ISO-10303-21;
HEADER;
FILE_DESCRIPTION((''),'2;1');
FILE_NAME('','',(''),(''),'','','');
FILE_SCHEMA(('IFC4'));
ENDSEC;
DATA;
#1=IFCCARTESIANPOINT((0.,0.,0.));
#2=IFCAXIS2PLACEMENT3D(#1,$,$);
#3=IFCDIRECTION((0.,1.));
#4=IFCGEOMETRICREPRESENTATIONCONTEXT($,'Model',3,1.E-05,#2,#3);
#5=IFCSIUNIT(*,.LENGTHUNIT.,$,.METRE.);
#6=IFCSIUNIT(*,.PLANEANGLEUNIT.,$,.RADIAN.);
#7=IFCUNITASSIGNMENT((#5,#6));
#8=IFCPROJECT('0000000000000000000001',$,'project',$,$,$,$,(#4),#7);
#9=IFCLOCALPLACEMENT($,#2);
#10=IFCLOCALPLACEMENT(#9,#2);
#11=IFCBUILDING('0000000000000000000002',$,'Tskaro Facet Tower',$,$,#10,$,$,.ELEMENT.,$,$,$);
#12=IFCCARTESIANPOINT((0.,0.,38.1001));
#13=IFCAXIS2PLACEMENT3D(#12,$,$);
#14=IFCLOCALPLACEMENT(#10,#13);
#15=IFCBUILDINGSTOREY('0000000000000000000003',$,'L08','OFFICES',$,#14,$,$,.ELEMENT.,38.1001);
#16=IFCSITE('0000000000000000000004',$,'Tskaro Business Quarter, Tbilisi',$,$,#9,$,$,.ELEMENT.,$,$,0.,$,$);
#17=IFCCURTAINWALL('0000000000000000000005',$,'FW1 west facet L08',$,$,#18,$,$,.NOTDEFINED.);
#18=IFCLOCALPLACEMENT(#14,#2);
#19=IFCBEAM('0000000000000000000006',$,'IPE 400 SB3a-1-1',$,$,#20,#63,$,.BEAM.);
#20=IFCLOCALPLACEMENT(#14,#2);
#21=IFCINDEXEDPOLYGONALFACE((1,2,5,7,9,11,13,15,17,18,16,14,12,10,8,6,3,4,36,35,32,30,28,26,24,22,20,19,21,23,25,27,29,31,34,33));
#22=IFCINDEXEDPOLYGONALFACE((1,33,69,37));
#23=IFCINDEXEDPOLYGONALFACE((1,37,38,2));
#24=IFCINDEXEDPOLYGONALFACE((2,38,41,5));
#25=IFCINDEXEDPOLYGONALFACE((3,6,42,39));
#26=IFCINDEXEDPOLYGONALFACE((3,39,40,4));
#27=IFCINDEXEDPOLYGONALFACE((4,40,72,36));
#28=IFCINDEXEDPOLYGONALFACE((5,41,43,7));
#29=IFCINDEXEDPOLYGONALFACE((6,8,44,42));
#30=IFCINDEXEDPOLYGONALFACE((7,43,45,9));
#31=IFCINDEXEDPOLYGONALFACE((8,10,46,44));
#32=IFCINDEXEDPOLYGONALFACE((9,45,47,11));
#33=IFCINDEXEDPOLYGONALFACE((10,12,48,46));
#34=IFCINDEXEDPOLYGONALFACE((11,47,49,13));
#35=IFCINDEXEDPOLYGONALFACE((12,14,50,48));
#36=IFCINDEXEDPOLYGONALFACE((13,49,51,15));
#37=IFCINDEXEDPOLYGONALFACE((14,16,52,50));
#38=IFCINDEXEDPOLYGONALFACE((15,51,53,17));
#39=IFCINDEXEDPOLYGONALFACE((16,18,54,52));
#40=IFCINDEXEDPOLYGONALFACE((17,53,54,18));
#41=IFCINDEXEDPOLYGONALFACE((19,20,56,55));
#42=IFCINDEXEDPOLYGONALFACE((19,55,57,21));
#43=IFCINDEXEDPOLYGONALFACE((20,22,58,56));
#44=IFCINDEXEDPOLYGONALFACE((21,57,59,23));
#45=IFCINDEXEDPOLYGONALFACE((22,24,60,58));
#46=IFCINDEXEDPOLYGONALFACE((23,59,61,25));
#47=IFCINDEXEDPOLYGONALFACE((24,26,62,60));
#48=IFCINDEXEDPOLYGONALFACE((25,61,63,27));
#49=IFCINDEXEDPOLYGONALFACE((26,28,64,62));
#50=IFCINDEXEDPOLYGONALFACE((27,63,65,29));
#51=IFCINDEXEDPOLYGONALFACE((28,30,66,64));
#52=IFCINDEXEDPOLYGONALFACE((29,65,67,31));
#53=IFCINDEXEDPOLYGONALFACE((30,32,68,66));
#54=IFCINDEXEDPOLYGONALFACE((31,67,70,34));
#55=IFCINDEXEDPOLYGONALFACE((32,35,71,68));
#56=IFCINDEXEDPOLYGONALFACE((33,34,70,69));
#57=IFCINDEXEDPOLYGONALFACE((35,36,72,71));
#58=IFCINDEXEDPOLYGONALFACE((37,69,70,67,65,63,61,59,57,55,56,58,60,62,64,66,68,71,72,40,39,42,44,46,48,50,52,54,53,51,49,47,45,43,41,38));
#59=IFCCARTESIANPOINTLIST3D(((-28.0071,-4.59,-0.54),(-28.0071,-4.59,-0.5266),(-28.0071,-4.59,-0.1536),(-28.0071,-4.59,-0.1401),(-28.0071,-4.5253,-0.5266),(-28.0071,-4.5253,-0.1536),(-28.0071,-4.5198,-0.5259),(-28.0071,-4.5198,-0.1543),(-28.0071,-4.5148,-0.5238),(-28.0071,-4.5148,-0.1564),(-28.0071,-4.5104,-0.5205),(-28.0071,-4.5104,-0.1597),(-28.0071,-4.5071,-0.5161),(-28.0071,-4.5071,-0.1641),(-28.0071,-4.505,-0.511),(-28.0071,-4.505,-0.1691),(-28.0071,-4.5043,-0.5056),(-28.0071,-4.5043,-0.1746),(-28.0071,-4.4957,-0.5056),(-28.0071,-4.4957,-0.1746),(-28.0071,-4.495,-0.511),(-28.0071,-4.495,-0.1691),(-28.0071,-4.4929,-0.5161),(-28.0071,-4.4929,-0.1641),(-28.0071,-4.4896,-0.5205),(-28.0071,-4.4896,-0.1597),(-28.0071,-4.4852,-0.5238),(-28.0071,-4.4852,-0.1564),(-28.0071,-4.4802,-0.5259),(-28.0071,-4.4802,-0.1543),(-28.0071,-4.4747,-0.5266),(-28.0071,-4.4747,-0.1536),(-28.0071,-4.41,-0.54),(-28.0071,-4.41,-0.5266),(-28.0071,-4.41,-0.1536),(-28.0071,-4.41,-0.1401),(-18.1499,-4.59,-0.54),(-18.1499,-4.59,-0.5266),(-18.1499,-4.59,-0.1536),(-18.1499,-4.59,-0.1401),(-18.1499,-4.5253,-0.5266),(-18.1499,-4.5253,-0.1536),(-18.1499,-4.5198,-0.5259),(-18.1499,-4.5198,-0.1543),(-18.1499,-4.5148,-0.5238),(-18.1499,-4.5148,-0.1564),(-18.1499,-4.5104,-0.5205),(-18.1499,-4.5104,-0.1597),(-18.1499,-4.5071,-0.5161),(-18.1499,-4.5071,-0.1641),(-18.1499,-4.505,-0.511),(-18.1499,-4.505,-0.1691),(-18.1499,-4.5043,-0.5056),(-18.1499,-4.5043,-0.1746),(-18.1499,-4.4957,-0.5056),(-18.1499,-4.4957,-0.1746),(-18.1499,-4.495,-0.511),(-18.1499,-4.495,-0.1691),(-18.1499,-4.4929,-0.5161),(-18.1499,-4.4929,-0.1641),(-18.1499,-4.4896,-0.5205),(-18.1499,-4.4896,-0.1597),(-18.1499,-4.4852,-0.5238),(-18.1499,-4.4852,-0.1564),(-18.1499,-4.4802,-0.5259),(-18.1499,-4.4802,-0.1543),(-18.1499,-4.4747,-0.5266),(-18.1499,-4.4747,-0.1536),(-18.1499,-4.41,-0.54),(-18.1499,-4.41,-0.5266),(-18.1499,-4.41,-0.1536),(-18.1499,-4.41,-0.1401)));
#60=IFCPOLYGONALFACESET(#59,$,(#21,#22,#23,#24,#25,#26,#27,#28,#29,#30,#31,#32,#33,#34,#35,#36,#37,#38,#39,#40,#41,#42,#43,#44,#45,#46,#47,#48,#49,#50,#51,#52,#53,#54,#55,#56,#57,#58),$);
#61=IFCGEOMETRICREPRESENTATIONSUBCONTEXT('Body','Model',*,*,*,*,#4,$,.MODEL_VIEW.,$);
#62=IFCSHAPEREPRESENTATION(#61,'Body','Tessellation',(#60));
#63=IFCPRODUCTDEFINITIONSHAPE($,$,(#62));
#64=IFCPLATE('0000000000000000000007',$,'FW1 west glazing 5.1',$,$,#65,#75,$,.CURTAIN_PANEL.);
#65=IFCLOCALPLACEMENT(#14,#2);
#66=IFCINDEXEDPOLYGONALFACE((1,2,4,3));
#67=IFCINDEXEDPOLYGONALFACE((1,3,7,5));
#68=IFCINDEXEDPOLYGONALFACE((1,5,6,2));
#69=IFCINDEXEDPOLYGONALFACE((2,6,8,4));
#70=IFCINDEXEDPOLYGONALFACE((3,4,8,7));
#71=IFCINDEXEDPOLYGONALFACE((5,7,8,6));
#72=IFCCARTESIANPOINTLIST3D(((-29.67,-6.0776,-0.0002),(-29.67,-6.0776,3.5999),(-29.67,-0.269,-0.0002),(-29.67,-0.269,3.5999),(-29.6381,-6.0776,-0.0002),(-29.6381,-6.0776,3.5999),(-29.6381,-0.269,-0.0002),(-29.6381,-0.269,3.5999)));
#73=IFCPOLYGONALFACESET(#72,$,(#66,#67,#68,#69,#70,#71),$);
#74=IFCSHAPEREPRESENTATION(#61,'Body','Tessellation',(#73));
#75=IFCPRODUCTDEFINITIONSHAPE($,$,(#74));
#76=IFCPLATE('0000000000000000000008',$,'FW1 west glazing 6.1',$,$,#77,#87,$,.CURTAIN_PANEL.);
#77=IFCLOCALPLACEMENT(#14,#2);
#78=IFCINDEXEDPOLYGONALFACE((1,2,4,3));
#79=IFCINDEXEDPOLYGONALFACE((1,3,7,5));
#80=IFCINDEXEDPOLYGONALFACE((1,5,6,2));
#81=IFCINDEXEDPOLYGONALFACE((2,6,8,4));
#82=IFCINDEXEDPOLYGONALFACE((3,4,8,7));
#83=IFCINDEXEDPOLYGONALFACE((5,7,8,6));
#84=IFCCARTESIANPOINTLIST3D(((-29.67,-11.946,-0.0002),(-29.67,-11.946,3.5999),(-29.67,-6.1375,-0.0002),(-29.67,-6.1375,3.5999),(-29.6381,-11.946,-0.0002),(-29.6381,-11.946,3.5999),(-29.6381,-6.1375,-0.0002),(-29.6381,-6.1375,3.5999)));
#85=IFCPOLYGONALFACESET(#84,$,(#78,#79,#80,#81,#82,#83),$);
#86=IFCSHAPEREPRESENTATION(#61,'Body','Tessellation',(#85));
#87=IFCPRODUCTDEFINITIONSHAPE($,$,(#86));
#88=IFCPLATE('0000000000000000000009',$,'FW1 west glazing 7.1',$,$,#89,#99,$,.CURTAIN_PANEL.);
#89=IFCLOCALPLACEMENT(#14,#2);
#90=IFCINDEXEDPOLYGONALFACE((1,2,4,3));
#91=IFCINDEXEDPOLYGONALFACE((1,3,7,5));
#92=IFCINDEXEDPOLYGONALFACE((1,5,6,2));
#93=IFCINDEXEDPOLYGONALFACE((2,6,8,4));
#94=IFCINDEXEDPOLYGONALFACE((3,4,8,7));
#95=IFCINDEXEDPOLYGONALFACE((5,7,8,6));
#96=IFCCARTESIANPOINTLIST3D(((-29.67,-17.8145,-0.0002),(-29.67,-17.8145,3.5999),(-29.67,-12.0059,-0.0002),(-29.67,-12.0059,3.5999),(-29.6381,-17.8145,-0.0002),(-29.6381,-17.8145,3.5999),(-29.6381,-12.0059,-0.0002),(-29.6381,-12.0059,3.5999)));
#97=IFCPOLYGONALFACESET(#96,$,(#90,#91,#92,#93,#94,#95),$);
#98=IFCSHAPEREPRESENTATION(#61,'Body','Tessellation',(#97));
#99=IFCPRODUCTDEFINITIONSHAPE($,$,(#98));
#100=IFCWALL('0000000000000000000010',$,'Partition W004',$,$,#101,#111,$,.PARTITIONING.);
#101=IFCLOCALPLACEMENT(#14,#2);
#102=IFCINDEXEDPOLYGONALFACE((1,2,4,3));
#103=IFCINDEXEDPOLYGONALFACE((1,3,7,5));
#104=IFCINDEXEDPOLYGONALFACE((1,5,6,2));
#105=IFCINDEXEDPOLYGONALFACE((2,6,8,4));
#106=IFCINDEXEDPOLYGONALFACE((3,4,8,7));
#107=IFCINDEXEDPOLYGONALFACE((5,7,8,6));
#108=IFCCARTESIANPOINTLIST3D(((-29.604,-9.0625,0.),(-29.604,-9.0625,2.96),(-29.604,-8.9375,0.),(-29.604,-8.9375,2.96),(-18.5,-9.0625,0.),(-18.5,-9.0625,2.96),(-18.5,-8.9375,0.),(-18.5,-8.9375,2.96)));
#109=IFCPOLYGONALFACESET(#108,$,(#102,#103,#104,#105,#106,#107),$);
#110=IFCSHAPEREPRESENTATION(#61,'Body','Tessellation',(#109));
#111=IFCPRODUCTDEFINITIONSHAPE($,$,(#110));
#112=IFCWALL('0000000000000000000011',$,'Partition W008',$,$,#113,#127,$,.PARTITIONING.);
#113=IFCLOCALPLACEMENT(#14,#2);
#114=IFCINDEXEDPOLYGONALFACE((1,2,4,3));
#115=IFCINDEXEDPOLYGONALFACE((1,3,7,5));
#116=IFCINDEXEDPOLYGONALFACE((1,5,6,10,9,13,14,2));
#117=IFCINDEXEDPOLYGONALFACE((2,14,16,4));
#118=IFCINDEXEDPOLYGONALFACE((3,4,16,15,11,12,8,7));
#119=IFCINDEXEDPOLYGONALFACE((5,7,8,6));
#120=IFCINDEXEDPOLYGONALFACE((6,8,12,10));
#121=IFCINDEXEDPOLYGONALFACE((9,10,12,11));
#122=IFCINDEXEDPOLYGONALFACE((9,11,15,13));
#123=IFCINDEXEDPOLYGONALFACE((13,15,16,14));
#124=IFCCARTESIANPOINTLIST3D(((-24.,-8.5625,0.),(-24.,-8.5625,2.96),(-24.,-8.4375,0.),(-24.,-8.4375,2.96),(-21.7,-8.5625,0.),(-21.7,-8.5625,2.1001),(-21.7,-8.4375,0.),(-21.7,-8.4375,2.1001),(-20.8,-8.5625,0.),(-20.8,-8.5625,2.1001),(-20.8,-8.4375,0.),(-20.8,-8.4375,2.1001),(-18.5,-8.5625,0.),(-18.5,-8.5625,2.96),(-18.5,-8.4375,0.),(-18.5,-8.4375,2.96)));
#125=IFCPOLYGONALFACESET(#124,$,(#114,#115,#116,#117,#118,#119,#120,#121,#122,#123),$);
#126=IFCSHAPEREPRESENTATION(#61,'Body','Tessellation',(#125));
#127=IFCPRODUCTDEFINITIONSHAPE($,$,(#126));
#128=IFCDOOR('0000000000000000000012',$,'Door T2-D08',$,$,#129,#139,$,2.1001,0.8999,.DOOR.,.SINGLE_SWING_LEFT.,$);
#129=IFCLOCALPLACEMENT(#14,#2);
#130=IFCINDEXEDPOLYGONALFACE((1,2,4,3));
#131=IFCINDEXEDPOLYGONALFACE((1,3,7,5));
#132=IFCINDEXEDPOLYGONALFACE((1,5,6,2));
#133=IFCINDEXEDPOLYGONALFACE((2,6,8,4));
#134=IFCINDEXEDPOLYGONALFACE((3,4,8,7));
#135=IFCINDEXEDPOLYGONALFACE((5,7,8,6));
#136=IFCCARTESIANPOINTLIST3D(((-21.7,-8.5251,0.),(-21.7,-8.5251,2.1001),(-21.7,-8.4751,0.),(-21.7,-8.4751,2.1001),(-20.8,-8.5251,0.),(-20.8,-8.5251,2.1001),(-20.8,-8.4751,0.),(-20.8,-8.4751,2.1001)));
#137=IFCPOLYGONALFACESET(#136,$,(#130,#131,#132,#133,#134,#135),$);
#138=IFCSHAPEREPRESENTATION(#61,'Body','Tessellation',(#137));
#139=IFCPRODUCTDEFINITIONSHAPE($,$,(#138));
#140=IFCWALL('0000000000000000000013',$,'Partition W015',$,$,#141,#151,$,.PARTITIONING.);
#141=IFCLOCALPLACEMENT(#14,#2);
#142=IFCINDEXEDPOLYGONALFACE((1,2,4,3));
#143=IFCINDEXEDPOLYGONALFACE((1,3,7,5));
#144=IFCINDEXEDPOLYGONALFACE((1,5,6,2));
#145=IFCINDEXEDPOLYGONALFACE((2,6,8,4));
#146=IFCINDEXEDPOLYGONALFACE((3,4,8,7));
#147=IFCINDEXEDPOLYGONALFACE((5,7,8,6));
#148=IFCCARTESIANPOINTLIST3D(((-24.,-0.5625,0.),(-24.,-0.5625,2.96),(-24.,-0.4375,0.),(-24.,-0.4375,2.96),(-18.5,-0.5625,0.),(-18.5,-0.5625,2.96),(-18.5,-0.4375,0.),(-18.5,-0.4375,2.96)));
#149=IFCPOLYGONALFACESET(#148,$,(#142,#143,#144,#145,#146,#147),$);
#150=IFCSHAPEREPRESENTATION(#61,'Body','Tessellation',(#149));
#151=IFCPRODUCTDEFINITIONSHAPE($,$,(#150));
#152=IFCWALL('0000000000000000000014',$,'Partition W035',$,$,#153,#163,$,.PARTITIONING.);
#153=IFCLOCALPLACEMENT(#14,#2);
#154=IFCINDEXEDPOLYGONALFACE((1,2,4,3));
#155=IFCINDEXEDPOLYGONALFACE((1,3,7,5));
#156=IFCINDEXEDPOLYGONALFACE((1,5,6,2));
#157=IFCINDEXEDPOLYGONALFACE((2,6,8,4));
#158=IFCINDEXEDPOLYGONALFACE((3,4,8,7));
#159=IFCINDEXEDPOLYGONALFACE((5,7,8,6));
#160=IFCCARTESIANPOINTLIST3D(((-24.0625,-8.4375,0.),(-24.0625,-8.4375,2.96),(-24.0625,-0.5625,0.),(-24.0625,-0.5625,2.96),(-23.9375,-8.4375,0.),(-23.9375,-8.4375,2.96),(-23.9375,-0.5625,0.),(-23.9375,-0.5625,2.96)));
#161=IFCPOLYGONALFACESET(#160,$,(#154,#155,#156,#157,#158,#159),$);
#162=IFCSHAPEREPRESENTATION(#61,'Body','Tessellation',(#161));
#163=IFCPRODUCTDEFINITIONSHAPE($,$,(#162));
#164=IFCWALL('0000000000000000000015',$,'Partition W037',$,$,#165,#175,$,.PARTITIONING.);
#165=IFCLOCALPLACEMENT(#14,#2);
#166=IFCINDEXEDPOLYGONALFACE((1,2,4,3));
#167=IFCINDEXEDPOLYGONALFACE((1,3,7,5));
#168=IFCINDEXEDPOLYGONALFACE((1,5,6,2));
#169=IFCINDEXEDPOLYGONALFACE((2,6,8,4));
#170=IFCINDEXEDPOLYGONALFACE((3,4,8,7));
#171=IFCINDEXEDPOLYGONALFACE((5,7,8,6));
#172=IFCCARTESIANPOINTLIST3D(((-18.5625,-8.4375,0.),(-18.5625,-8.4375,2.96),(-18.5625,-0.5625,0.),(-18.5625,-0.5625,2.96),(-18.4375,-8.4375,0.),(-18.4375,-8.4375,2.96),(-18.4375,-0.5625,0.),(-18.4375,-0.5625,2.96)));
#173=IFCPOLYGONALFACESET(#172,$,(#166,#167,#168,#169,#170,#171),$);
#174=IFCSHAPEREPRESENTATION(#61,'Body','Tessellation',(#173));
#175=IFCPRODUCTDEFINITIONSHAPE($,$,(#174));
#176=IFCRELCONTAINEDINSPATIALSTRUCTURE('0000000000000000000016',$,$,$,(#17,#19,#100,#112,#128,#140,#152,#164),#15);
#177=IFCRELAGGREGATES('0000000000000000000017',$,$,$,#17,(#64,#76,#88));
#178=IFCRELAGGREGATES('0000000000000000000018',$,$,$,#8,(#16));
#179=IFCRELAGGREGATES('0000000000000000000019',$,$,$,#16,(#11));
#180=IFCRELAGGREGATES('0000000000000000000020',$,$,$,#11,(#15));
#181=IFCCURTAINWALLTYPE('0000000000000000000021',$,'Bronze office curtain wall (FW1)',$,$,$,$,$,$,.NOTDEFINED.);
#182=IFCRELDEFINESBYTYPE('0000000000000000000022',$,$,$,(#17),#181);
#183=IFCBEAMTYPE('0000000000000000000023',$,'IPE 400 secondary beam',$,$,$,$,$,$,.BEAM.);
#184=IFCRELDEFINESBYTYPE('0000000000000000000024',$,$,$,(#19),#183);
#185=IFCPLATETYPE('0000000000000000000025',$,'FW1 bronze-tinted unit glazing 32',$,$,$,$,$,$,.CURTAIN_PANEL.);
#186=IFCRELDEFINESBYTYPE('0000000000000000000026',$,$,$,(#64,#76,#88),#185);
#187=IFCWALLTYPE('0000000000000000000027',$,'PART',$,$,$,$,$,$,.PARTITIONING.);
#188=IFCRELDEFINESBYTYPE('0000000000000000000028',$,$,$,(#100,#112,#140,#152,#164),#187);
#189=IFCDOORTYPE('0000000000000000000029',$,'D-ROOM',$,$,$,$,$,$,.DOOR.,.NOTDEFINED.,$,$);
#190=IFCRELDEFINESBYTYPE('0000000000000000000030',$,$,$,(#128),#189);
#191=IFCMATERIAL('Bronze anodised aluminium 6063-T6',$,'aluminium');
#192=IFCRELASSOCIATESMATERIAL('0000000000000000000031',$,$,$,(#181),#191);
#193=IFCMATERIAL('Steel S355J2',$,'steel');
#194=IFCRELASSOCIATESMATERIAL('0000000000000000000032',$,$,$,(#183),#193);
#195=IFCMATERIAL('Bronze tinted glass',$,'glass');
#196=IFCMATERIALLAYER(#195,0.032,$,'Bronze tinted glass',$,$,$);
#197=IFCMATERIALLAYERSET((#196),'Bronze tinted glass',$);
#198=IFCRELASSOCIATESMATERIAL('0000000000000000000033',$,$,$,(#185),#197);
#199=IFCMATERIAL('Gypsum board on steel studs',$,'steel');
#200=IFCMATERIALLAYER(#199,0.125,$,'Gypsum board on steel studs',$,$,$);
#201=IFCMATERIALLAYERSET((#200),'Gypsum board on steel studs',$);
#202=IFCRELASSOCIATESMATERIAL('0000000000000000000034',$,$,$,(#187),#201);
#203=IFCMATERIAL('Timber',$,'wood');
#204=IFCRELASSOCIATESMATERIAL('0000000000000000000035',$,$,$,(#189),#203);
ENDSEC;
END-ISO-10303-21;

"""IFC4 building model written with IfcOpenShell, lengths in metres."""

from ifc_helpers import new_model, si_unit, direction, frame, frame_2d, origin, origin_2d, place, context, subcontext, project, spatial, rectangle, i_section, extrude, material, layer, layer_set, material_profile, profile_set, type_object, element, fill, aggregate, save


model = new_model("IFC4")

# Units and contexts
model_context = context("Model", 3, precision=1e-05, world=origin(), true_north=direction((0.0, 1.0)))
body_context = subcontext(model_context, "Body", "Model", "MODEL_VIEW")
ifc_project = project(units=[si_unit("LENGTHUNIT", "METRE"), si_unit("PLANEANGLEUNIT", "RADIAN")], contexts=[model_context])

# Site, building, storey
site_placement = place(None, origin())
site = spatial("IfcSite", under=ifc_project, at=site_placement, Name="Tskaro Business Quarter, Tbilisi", CompositionType="ELEMENT", RefElevation=0.0)
building_placement = place(site_placement, origin())
building = spatial("IfcBuilding", under=site, at=building_placement, Name="Tskaro Facet Tower", CompositionType="ELEMENT")
storey_placement = place(building_placement, frame((0.0, 0.0, 38.1001)))
storey = spatial("IfcBuildingStorey", under=building, at=storey_placement, Name="L08", Description="OFFICES", CompositionType="ELEMENT", Elevation=38.1001)

# Curtain wall
ifc_material_1 = material(Name="Bronze anodised aluminium 6063-T6", Category="aluminium")
curtain_wall_type = type_object("IfcCurtainWallType", Name="Bronze office curtain wall (FW1)", PredefinedType="NOTDEFINED", material=ifc_material_1)
curtain_wall_placement = place(storey_placement, origin())
curtain_wall = element("IfcCurtainWall", 1, at=curtain_wall_placement, inside=storey, type_object=curtain_wall_type, Name="FW1 west facet L08", PredefinedType="NOTDEFINED")

# Beam
ifc_material_2 = material(Name="Steel S355J2", Category="steel")
ifc_material_profile_1 = material_profile(ifc_material_2, i_section(OverallWidth=0.1799, OverallDepth=0.3999, WebThickness=0.0085, FlangeThickness=0.0134, FilletRadius=0.021, at=origin_2d()), Name="IPE 400")
ifc_profile_set_1 = profile_set([ifc_material_profile_1], Name="Steel S355J2")
beam_type_1 = type_object("IfcBeamType", Name="IPE 400 secondary beam", PredefinedType="BEAM", material=ifc_profile_set_1)
for number, where, z_axis, x_axis, name in (
    (2, (-28.0071, -4.5, -0.3401), (1.0, 0.0, 0.0), (0.0, 1.0, 0.0), "IPE 400 SB3a-1-1"),
):
    element("IfcBeam", number, at=place(storey_placement, frame(where, z_axis=z_axis, x_axis=x_axis)), inside=storey, type_object=beam_type_1, Name=name, PredefinedType="BEAM", context=body_context, shape_type="SweptSolid", body=[
        extrude(i_section(OverallWidth=0.1799, OverallDepth=0.3999, WebThickness=0.0085, FlangeThickness=0.0134, FilletRadius=0.021, at=origin_2d()), origin(), (0.0, 0.0, 1.0), 9.8572),
    ])

# Plates
ifc_material_3 = material(Name="Bronze tinted glass", Category="glass")
ifc_layer_1 = layer(ifc_material_3, 0.032, Name="Bronze tinted glass")
ifc_layer_set_1 = layer_set([ifc_layer_1], Name="Bronze tinted glass")
plate_type = type_object("IfcPlateType", Name="FW1 bronze-tinted unit glazing 32", PredefinedType="CURTAIN_PANEL", material=ifc_layer_set_1)
plate_1_placement = place(storey_placement, frame((-29.6541, -3.1733, -0.0002), z_axis=(0.0, 0.0, 1.0), x_axis=(0.0, -1.0, 0.0)))
plate_1 = element("IfcPlate", 3, at=plate_1_placement, type_object=plate_type, Name="FW1 west glazing 5.1", PredefinedType="CURTAIN_PANEL", context=body_context, shape_type="SweptSolid", body=[
    extrude(rectangle(XDim=5.8086, YDim=0.032, at=origin_2d()), origin(), (0.0, 0.0, 1.0), 3.6001),
])
plate_2_placement = place(storey_placement, frame((-29.6541, -9.0417, -0.0002), z_axis=(0.0, 0.0, 1.0), x_axis=(0.0, -1.0, 0.0)))
plate_2 = element("IfcPlate", 4, at=plate_2_placement, type_object=plate_type, Name="FW1 west glazing 6.1", PredefinedType="CURTAIN_PANEL", context=body_context, shape_type="SweptSolid", body=[
    extrude(rectangle(XDim=5.8086, YDim=0.032, at=origin_2d()), origin(), (0.0, 0.0, 1.0), 3.6001),
])
plate_3_placement = place(storey_placement, frame((-29.6541, -14.9102, -0.0002), z_axis=(0.0, 0.0, 1.0), x_axis=(0.0, -1.0, 0.0)))
plate_3 = element("IfcPlate", 5, at=plate_3_placement, type_object=plate_type, Name="FW1 west glazing 7.1", PredefinedType="CURTAIN_PANEL", context=body_context, shape_type="SweptSolid", body=[
    extrude(rectangle(XDim=5.8086, YDim=0.032, at=origin_2d()), origin(), (0.0, 0.0, 1.0), 3.6001),
])
aggregate(curtain_wall, [plate_1, plate_2, plate_3])

# Wall
ifc_material_4 = material(Name="Gypsum board on steel studs", Category="steel")
ifc_layer_2 = layer(ifc_material_4, 0.125, Name="Gypsum board on steel studs")
ifc_layer_set_2 = layer_set([ifc_layer_2], Name="Gypsum board on steel studs")
wall_type = type_object("IfcWallType", Name="PART", PredefinedType="PARTITIONING", material=ifc_layer_set_2)
wall_1_placement = place(storey_placement, frame((-29.604, -9.0, 0.0), z_axis=(0.0, 0.0, 1.0), x_axis=(1.0, 0.0, 0.0)))
element("IfcWall", 6, at=wall_1_placement, inside=storey, type_object=wall_type, Name="Partition W004", PredefinedType="PARTITIONING", context=body_context, shape_type="SweptSolid", body=[
    extrude(rectangle(XDim=11.104, YDim=0.125, at=frame_2d((5.552, 0.0))), origin(), (0.0, 0.0, 1.0), 2.96),
])

# Wall, opening, door
wall_2_placement = place(storey_placement, frame((-24.0, -8.5, 0.0), z_axis=(0.0, 0.0, 1.0), x_axis=(1.0, 0.0, 0.0)))
wall_2 = element("IfcWall", 7, at=wall_2_placement, inside=storey, type_object=wall_type, Name="Partition W008", PredefinedType="PARTITIONING", context=body_context, shape_type="SweptSolid", body=[
    extrude(rectangle(XDim=5.5, YDim=0.125, at=frame_2d((2.75, 0.0))), origin(), (0.0, 0.0, 1.0), 2.96),
])
opening_placement = place(wall_2_placement, frame((2.3, 0.0, 0.0)))
opening = element("IfcOpeningElement", 8, at=opening_placement, cuts=wall_2, PredefinedType="OPENING", context=body_context, shape_type="SweptSolid", body=[
    extrude(rectangle(XDim=0.8999, YDim=2.1001, at=frame_2d((0.45, 1.05))), frame((0.0, 0.0725, 0.0), z_axis=(0.0, -1.0, 0.0), x_axis=(1.0, 0.0, 0.0)), (0.0, 0.0, 1.0), 0.145),
])
ifc_material_5 = material(Name="Timber", Category="wood")
door_type = type_object("IfcDoorType", Name="D-ROOM", OperationType="NOTDEFINED", PredefinedType="DOOR", material=ifc_material_5)
door_placement = place(opening_placement, origin())
door = element("IfcDoor", 9, at=door_placement, inside=storey, type_object=door_type, Name="Door T2-D08", OperationType="SINGLE_SWING_LEFT", OverallHeight=2.1001, OverallWidth=0.8999, PredefinedType="DOOR", context=body_context, shape_type="SweptSolid", body=[
    extrude(rectangle(XDim=0.8999, YDim=2.1001, at=frame_2d((0.45, 1.05))), frame((0.0, 0.0249, 0.0), z_axis=(0.0, -1.0, 0.0), x_axis=(1.0, 0.0, 0.0)), (0.0, 0.0, 1.0), 0.05),
])
fill(opening, door)

# Walls
wall_3_placement = place(storey_placement, frame((-24.0, -0.5, 0.0), z_axis=(0.0, 0.0, 1.0), x_axis=(1.0, 0.0, 0.0)))
element("IfcWall", 10, at=wall_3_placement, inside=storey, type_object=wall_type, Name="Partition W015", PredefinedType="PARTITIONING", context=body_context, shape_type="SweptSolid", body=[
    extrude(rectangle(XDim=5.5, YDim=0.125, at=frame_2d((2.75, 0.0))), origin(), (0.0, 0.0, 1.0), 2.96),
])
for number, where, z_axis, x_axis, name in (
    (11, (-24.0, -8.4375, 0.0), (0.0, 0.0, 1.0), (0.0, 1.0, 0.0), "Partition W035"),
    (12, (-18.5, -8.4375, 0.0), (0.0, 0.0, 1.0), (0.0, 1.0, 0.0), "Partition W037"),
):
    element("IfcWall", number, at=place(storey_placement, frame(where, z_axis=z_axis, x_axis=x_axis)), inside=storey, type_object=wall_type, Name=name, PredefinedType="PARTITIONING", context=body_context, shape_type="SweptSolid", body=[
        extrude(rectangle(XDim=7.875, YDim=0.125, at=frame_2d((3.9375, 0.0))), origin(), (0.0, 0.0, 1.0), 2.96),
    ])

save(model, "model.ifc")
